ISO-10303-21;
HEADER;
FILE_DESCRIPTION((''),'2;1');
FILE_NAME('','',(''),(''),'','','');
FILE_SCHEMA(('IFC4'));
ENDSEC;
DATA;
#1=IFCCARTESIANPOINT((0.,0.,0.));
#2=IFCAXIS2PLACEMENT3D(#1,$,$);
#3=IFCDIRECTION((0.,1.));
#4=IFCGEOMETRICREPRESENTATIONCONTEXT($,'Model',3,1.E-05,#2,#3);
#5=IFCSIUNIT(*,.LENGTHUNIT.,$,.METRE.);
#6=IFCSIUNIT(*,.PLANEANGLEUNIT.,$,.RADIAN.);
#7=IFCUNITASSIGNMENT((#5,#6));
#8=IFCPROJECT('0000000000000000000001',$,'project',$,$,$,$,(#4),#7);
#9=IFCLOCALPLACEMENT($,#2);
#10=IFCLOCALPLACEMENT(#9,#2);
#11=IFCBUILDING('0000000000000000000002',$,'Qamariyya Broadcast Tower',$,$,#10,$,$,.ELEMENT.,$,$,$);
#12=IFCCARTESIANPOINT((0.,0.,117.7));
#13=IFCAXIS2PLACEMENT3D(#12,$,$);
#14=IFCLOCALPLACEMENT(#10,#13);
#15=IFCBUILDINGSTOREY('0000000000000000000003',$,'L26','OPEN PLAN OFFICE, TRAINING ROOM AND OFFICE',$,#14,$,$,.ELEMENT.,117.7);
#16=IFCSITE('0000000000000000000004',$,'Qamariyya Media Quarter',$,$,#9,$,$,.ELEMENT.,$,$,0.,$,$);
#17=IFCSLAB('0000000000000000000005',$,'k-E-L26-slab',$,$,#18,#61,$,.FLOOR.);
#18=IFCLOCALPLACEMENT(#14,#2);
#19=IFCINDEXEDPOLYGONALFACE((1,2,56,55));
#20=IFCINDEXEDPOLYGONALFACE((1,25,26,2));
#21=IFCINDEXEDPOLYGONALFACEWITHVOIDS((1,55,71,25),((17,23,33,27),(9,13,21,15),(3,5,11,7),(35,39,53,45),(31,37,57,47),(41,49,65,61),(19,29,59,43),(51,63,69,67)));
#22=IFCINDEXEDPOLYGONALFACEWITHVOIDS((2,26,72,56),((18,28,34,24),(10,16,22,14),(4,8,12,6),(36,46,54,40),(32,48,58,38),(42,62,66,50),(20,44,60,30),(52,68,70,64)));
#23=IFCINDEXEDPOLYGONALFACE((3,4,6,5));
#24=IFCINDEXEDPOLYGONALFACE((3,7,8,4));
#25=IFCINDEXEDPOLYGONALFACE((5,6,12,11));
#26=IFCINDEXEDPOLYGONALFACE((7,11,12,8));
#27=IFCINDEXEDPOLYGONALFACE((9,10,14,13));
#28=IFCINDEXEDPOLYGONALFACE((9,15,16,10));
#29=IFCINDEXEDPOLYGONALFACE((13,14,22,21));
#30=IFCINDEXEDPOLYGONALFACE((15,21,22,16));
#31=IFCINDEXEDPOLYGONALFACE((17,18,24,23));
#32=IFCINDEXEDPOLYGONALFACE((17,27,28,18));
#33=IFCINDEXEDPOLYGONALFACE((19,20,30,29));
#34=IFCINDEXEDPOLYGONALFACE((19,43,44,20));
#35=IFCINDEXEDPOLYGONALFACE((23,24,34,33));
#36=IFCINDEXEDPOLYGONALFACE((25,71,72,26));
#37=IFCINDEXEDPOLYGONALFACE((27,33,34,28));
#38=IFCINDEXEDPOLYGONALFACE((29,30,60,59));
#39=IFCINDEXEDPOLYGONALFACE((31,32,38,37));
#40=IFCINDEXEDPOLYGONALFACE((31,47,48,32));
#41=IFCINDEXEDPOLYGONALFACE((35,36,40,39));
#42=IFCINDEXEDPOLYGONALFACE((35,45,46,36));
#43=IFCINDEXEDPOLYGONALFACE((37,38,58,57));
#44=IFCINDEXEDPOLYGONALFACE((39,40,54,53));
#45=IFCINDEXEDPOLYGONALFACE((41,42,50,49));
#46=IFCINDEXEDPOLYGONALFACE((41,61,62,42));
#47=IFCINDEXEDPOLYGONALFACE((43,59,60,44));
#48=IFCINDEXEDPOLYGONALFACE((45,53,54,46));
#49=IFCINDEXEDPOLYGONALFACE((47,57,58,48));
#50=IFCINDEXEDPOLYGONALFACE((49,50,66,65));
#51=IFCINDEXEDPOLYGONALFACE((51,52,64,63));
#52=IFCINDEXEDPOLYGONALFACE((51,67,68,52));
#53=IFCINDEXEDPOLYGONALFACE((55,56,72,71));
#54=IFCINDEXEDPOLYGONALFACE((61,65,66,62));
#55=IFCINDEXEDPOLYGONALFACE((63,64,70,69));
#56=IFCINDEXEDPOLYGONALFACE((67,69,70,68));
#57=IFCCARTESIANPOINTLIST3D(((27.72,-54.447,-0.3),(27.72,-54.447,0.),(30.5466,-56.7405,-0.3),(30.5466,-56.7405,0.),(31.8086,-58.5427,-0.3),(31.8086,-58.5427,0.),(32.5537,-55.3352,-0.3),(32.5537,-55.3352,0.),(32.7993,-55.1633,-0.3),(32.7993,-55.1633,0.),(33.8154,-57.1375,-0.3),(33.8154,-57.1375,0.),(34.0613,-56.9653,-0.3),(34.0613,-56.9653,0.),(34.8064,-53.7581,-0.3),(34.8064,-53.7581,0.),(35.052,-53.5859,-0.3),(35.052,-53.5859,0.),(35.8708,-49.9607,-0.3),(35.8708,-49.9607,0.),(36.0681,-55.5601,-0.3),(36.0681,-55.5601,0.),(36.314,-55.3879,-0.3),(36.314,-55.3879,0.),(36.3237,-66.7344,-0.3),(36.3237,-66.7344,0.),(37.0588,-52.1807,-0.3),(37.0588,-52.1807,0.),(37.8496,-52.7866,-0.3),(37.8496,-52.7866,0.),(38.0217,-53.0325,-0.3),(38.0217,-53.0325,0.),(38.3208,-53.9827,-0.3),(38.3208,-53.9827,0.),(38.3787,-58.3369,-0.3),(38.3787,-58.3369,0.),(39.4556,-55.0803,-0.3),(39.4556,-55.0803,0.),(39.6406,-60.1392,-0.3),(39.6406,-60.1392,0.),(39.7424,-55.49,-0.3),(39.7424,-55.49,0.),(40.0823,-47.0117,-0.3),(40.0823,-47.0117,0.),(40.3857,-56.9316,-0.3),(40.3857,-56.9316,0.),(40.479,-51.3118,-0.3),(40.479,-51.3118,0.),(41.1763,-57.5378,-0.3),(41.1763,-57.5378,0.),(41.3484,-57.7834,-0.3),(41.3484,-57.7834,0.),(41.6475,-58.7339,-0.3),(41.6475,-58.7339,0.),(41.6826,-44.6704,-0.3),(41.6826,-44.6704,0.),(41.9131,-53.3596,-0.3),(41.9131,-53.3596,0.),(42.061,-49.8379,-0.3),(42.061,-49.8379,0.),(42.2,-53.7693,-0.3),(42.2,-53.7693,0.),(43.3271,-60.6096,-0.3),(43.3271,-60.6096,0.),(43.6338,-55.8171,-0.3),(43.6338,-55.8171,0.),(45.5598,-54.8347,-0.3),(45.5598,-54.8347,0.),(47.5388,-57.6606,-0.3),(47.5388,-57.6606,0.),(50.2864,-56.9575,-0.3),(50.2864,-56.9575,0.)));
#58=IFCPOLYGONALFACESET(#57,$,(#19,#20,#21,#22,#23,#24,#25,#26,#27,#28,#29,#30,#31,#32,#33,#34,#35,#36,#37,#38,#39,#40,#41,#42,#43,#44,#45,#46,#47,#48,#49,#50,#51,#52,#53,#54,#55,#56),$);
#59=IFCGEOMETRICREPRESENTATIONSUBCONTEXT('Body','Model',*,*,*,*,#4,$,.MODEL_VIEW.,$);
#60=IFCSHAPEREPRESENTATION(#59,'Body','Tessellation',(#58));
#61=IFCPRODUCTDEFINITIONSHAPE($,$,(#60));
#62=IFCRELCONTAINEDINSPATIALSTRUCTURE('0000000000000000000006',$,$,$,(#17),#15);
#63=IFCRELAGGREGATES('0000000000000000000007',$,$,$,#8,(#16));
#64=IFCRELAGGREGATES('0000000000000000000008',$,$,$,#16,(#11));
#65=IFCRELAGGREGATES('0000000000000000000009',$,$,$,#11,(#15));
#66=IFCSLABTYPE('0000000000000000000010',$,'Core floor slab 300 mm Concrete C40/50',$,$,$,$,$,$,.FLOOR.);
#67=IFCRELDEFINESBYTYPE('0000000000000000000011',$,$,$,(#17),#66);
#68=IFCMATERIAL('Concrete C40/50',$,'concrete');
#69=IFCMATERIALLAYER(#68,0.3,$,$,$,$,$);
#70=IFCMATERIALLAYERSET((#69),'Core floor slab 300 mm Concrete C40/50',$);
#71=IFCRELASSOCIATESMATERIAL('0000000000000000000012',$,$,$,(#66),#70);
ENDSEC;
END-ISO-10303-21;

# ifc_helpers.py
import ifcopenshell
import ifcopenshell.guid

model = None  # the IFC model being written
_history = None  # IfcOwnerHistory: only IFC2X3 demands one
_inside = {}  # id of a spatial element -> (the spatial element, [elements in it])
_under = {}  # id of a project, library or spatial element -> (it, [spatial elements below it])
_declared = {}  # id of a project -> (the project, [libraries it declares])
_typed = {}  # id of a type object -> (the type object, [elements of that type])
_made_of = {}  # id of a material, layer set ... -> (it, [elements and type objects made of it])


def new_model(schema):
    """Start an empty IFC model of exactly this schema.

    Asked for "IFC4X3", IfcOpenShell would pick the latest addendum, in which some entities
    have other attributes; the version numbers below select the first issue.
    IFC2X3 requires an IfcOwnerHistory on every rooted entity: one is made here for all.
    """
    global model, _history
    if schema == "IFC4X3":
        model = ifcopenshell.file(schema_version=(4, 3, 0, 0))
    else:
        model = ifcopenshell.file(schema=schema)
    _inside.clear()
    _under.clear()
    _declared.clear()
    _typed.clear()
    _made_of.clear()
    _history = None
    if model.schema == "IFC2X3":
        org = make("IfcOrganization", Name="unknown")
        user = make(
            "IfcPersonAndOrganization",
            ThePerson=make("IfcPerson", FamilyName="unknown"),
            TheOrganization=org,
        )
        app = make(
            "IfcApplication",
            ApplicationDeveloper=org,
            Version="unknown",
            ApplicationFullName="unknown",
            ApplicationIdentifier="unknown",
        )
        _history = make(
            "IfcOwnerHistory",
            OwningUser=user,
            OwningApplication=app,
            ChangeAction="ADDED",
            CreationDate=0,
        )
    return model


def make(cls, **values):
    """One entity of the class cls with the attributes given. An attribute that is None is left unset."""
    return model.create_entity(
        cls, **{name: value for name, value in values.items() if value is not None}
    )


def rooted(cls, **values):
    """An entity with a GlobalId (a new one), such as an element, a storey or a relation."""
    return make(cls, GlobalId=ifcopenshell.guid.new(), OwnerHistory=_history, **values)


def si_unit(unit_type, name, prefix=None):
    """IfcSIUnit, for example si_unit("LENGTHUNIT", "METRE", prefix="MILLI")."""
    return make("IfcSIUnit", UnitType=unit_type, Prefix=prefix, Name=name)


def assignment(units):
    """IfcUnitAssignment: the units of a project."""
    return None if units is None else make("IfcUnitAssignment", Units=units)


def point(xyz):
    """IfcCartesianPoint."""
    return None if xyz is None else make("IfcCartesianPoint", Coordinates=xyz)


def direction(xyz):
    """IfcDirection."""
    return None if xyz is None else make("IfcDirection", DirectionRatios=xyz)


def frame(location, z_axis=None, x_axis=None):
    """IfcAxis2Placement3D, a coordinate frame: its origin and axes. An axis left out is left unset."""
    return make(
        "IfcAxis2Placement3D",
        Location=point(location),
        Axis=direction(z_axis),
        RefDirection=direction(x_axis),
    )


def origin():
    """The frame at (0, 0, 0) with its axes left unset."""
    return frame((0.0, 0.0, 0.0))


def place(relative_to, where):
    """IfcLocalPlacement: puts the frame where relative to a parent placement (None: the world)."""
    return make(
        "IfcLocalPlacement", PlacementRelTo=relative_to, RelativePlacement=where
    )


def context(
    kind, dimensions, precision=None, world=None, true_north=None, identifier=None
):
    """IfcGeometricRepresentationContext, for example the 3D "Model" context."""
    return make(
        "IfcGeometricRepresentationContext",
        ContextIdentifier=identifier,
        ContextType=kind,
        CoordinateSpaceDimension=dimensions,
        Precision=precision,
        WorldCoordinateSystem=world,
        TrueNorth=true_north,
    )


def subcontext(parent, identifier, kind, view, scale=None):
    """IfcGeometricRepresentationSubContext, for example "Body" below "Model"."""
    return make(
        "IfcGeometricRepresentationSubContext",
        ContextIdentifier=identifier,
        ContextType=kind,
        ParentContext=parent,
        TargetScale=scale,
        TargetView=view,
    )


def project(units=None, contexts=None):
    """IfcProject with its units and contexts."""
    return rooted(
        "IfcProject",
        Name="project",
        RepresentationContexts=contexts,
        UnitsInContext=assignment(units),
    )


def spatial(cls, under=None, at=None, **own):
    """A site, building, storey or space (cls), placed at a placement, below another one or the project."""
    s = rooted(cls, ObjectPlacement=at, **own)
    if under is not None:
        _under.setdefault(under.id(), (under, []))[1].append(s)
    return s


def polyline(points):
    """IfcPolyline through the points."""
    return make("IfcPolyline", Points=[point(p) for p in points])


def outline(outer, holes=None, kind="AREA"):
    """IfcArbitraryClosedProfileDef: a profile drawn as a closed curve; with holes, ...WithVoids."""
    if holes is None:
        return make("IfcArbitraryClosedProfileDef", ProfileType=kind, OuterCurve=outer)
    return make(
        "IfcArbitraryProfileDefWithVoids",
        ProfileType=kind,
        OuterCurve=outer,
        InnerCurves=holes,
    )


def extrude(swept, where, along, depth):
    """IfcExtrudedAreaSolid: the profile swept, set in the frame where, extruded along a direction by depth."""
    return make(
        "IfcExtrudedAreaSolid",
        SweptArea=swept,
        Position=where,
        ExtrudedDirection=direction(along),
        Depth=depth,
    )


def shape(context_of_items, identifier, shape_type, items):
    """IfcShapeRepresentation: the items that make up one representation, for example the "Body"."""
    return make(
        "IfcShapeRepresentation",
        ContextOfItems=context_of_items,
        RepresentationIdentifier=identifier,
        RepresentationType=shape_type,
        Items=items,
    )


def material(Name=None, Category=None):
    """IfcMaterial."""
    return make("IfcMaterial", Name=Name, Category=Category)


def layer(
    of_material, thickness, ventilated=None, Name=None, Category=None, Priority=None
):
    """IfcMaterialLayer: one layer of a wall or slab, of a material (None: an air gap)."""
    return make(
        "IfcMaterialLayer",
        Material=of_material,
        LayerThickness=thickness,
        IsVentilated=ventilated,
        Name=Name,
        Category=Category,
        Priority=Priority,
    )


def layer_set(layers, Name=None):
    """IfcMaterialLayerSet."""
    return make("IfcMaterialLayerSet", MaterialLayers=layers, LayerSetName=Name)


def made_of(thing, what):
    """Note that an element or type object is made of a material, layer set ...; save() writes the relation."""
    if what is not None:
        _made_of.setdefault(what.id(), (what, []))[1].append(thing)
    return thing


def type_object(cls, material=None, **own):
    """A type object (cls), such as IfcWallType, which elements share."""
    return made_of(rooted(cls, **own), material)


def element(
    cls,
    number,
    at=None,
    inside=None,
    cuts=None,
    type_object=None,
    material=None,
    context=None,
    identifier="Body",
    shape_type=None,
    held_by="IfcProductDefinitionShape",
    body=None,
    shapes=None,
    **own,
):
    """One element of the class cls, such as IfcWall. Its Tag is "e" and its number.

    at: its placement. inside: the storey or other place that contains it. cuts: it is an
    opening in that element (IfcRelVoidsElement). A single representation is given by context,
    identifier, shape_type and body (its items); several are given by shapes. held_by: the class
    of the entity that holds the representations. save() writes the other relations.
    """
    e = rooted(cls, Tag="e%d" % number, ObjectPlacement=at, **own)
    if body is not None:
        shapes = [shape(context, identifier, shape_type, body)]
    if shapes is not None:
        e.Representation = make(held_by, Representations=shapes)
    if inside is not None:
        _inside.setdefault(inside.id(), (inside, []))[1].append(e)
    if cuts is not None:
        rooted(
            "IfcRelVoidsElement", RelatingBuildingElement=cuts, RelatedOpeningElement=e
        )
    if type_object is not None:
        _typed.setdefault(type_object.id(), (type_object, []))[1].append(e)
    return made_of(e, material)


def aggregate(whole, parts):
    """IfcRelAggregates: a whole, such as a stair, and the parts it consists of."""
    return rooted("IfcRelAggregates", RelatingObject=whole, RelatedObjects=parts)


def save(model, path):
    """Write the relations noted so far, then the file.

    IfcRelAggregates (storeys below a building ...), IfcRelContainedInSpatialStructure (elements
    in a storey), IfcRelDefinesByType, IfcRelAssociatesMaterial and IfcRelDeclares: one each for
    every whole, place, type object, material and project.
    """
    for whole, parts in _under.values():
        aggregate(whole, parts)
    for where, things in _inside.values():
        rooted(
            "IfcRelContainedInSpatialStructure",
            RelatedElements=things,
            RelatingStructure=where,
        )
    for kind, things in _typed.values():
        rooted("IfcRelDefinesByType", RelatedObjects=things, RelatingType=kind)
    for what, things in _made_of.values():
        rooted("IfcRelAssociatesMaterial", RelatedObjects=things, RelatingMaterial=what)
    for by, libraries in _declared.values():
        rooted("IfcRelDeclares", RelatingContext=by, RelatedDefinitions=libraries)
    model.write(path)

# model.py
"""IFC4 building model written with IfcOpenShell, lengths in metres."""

from ifc_helpers import new_model, si_unit, direction, frame, origin, place, context, subcontext, project, spatial, polyline, outline, extrude, material, layer, layer_set, type_object, element, save


model = new_model("IFC4")

# Units and contexts
model_context = context("Model", 3, precision=1e-05, world=origin(), true_north=direction((0.0, 1.0)))
body_context = subcontext(model_context, "Body", "Model", "MODEL_VIEW")
ifc_project = project(units=[si_unit("LENGTHUNIT", "METRE"), si_unit("PLANEANGLEUNIT", "RADIAN")], contexts=[model_context])

# Site, building, storey
site_placement = place(None, origin())
building_placement = place(site_placement, origin())
storey_placement = place(building_placement, frame((0.0, 0.0, 117.7)))
site = spatial("IfcSite", under=ifc_project, at=site_placement, Name="Qamariyya Media Quarter", CompositionType="ELEMENT", RefElevation=0.0)
building = spatial("IfcBuilding", under=site, at=building_placement, Name="Qamariyya Broadcast Tower", CompositionType="ELEMENT")
storey = spatial("IfcBuildingStorey", under=building, at=storey_placement, Name="L26", Description="OPEN PLAN OFFICE, TRAINING ROOM AND OFFICE", CompositionType="ELEMENT", Elevation=117.7)

# Slab
ifc_material_1 = material(Name="Concrete C40/50", Category="concrete")
ifc_layer = layer(ifc_material_1, 0.3)
ifc_layer_set = layer_set([ifc_layer], Name="Core floor slab 300 mm Concrete C40/50")
slab_type = type_object("IfcSlabType", Name="Core floor slab 300 mm Concrete C40/50", PredefinedType="FLOOR", material=ifc_layer_set)
slab_placement = place(storey_placement, frame((0.0, 0.0, -0.3)))
element("IfcSlab", 1, at=slab_placement, inside=storey, type_object=slab_type, Name="k-E-L26-slab", PredefinedType="FLOOR", context=body_context, shape_type="SweptSolid", body=[
    extrude(outline(polyline([(36.3237, -66.7344), (50.2864, -56.9575), (41.6826, -44.6704), (27.72, -54.447), (36.3237, -66.7344)]), holes=[polyline([(31.8086, -58.5427), (33.8154, -57.1375), (32.5537, -55.3352), (30.5466, -56.7405), (31.8086, -58.5427)]), polyline([(34.0613, -56.9653), (36.0681, -55.5601), (34.8064, -53.7581), (32.7993, -55.1633), (34.0613, -56.9653)]), polyline([(36.314, -55.3879), (38.3208, -53.9827), (37.0588, -52.1807), (35.052, -53.5859), (36.314, -55.3879)]), polyline([(38.3787, -58.3369), (40.3857, -56.9316), (41.6475, -58.7339), (39.6406, -60.1392), (38.3787, -58.3369)]), polyline([(39.7424, -55.49), (42.2, -53.7693), (43.6338, -55.8171), (41.1763, -57.5378), (39.7424, -55.49)]), polyline([(39.4556, -55.0803), (41.9131, -53.3596), (40.479, -51.3118), (38.0217, -53.0325), (39.4556, -55.0803)]), polyline([(40.0823, -47.0117), (35.8708, -49.9607), (37.8496, -52.7866), (42.061, -49.8379), (40.0823, -47.0117)]), polyline([(45.5598, -54.8347), (41.3484, -57.7834), (43.3271, -60.6096), (47.5388, -57.6606), (45.5598, -54.8347)])]), origin(), (0.0, 0.0, 1.0), 0.3),
])

save(model, "model.ifc")
